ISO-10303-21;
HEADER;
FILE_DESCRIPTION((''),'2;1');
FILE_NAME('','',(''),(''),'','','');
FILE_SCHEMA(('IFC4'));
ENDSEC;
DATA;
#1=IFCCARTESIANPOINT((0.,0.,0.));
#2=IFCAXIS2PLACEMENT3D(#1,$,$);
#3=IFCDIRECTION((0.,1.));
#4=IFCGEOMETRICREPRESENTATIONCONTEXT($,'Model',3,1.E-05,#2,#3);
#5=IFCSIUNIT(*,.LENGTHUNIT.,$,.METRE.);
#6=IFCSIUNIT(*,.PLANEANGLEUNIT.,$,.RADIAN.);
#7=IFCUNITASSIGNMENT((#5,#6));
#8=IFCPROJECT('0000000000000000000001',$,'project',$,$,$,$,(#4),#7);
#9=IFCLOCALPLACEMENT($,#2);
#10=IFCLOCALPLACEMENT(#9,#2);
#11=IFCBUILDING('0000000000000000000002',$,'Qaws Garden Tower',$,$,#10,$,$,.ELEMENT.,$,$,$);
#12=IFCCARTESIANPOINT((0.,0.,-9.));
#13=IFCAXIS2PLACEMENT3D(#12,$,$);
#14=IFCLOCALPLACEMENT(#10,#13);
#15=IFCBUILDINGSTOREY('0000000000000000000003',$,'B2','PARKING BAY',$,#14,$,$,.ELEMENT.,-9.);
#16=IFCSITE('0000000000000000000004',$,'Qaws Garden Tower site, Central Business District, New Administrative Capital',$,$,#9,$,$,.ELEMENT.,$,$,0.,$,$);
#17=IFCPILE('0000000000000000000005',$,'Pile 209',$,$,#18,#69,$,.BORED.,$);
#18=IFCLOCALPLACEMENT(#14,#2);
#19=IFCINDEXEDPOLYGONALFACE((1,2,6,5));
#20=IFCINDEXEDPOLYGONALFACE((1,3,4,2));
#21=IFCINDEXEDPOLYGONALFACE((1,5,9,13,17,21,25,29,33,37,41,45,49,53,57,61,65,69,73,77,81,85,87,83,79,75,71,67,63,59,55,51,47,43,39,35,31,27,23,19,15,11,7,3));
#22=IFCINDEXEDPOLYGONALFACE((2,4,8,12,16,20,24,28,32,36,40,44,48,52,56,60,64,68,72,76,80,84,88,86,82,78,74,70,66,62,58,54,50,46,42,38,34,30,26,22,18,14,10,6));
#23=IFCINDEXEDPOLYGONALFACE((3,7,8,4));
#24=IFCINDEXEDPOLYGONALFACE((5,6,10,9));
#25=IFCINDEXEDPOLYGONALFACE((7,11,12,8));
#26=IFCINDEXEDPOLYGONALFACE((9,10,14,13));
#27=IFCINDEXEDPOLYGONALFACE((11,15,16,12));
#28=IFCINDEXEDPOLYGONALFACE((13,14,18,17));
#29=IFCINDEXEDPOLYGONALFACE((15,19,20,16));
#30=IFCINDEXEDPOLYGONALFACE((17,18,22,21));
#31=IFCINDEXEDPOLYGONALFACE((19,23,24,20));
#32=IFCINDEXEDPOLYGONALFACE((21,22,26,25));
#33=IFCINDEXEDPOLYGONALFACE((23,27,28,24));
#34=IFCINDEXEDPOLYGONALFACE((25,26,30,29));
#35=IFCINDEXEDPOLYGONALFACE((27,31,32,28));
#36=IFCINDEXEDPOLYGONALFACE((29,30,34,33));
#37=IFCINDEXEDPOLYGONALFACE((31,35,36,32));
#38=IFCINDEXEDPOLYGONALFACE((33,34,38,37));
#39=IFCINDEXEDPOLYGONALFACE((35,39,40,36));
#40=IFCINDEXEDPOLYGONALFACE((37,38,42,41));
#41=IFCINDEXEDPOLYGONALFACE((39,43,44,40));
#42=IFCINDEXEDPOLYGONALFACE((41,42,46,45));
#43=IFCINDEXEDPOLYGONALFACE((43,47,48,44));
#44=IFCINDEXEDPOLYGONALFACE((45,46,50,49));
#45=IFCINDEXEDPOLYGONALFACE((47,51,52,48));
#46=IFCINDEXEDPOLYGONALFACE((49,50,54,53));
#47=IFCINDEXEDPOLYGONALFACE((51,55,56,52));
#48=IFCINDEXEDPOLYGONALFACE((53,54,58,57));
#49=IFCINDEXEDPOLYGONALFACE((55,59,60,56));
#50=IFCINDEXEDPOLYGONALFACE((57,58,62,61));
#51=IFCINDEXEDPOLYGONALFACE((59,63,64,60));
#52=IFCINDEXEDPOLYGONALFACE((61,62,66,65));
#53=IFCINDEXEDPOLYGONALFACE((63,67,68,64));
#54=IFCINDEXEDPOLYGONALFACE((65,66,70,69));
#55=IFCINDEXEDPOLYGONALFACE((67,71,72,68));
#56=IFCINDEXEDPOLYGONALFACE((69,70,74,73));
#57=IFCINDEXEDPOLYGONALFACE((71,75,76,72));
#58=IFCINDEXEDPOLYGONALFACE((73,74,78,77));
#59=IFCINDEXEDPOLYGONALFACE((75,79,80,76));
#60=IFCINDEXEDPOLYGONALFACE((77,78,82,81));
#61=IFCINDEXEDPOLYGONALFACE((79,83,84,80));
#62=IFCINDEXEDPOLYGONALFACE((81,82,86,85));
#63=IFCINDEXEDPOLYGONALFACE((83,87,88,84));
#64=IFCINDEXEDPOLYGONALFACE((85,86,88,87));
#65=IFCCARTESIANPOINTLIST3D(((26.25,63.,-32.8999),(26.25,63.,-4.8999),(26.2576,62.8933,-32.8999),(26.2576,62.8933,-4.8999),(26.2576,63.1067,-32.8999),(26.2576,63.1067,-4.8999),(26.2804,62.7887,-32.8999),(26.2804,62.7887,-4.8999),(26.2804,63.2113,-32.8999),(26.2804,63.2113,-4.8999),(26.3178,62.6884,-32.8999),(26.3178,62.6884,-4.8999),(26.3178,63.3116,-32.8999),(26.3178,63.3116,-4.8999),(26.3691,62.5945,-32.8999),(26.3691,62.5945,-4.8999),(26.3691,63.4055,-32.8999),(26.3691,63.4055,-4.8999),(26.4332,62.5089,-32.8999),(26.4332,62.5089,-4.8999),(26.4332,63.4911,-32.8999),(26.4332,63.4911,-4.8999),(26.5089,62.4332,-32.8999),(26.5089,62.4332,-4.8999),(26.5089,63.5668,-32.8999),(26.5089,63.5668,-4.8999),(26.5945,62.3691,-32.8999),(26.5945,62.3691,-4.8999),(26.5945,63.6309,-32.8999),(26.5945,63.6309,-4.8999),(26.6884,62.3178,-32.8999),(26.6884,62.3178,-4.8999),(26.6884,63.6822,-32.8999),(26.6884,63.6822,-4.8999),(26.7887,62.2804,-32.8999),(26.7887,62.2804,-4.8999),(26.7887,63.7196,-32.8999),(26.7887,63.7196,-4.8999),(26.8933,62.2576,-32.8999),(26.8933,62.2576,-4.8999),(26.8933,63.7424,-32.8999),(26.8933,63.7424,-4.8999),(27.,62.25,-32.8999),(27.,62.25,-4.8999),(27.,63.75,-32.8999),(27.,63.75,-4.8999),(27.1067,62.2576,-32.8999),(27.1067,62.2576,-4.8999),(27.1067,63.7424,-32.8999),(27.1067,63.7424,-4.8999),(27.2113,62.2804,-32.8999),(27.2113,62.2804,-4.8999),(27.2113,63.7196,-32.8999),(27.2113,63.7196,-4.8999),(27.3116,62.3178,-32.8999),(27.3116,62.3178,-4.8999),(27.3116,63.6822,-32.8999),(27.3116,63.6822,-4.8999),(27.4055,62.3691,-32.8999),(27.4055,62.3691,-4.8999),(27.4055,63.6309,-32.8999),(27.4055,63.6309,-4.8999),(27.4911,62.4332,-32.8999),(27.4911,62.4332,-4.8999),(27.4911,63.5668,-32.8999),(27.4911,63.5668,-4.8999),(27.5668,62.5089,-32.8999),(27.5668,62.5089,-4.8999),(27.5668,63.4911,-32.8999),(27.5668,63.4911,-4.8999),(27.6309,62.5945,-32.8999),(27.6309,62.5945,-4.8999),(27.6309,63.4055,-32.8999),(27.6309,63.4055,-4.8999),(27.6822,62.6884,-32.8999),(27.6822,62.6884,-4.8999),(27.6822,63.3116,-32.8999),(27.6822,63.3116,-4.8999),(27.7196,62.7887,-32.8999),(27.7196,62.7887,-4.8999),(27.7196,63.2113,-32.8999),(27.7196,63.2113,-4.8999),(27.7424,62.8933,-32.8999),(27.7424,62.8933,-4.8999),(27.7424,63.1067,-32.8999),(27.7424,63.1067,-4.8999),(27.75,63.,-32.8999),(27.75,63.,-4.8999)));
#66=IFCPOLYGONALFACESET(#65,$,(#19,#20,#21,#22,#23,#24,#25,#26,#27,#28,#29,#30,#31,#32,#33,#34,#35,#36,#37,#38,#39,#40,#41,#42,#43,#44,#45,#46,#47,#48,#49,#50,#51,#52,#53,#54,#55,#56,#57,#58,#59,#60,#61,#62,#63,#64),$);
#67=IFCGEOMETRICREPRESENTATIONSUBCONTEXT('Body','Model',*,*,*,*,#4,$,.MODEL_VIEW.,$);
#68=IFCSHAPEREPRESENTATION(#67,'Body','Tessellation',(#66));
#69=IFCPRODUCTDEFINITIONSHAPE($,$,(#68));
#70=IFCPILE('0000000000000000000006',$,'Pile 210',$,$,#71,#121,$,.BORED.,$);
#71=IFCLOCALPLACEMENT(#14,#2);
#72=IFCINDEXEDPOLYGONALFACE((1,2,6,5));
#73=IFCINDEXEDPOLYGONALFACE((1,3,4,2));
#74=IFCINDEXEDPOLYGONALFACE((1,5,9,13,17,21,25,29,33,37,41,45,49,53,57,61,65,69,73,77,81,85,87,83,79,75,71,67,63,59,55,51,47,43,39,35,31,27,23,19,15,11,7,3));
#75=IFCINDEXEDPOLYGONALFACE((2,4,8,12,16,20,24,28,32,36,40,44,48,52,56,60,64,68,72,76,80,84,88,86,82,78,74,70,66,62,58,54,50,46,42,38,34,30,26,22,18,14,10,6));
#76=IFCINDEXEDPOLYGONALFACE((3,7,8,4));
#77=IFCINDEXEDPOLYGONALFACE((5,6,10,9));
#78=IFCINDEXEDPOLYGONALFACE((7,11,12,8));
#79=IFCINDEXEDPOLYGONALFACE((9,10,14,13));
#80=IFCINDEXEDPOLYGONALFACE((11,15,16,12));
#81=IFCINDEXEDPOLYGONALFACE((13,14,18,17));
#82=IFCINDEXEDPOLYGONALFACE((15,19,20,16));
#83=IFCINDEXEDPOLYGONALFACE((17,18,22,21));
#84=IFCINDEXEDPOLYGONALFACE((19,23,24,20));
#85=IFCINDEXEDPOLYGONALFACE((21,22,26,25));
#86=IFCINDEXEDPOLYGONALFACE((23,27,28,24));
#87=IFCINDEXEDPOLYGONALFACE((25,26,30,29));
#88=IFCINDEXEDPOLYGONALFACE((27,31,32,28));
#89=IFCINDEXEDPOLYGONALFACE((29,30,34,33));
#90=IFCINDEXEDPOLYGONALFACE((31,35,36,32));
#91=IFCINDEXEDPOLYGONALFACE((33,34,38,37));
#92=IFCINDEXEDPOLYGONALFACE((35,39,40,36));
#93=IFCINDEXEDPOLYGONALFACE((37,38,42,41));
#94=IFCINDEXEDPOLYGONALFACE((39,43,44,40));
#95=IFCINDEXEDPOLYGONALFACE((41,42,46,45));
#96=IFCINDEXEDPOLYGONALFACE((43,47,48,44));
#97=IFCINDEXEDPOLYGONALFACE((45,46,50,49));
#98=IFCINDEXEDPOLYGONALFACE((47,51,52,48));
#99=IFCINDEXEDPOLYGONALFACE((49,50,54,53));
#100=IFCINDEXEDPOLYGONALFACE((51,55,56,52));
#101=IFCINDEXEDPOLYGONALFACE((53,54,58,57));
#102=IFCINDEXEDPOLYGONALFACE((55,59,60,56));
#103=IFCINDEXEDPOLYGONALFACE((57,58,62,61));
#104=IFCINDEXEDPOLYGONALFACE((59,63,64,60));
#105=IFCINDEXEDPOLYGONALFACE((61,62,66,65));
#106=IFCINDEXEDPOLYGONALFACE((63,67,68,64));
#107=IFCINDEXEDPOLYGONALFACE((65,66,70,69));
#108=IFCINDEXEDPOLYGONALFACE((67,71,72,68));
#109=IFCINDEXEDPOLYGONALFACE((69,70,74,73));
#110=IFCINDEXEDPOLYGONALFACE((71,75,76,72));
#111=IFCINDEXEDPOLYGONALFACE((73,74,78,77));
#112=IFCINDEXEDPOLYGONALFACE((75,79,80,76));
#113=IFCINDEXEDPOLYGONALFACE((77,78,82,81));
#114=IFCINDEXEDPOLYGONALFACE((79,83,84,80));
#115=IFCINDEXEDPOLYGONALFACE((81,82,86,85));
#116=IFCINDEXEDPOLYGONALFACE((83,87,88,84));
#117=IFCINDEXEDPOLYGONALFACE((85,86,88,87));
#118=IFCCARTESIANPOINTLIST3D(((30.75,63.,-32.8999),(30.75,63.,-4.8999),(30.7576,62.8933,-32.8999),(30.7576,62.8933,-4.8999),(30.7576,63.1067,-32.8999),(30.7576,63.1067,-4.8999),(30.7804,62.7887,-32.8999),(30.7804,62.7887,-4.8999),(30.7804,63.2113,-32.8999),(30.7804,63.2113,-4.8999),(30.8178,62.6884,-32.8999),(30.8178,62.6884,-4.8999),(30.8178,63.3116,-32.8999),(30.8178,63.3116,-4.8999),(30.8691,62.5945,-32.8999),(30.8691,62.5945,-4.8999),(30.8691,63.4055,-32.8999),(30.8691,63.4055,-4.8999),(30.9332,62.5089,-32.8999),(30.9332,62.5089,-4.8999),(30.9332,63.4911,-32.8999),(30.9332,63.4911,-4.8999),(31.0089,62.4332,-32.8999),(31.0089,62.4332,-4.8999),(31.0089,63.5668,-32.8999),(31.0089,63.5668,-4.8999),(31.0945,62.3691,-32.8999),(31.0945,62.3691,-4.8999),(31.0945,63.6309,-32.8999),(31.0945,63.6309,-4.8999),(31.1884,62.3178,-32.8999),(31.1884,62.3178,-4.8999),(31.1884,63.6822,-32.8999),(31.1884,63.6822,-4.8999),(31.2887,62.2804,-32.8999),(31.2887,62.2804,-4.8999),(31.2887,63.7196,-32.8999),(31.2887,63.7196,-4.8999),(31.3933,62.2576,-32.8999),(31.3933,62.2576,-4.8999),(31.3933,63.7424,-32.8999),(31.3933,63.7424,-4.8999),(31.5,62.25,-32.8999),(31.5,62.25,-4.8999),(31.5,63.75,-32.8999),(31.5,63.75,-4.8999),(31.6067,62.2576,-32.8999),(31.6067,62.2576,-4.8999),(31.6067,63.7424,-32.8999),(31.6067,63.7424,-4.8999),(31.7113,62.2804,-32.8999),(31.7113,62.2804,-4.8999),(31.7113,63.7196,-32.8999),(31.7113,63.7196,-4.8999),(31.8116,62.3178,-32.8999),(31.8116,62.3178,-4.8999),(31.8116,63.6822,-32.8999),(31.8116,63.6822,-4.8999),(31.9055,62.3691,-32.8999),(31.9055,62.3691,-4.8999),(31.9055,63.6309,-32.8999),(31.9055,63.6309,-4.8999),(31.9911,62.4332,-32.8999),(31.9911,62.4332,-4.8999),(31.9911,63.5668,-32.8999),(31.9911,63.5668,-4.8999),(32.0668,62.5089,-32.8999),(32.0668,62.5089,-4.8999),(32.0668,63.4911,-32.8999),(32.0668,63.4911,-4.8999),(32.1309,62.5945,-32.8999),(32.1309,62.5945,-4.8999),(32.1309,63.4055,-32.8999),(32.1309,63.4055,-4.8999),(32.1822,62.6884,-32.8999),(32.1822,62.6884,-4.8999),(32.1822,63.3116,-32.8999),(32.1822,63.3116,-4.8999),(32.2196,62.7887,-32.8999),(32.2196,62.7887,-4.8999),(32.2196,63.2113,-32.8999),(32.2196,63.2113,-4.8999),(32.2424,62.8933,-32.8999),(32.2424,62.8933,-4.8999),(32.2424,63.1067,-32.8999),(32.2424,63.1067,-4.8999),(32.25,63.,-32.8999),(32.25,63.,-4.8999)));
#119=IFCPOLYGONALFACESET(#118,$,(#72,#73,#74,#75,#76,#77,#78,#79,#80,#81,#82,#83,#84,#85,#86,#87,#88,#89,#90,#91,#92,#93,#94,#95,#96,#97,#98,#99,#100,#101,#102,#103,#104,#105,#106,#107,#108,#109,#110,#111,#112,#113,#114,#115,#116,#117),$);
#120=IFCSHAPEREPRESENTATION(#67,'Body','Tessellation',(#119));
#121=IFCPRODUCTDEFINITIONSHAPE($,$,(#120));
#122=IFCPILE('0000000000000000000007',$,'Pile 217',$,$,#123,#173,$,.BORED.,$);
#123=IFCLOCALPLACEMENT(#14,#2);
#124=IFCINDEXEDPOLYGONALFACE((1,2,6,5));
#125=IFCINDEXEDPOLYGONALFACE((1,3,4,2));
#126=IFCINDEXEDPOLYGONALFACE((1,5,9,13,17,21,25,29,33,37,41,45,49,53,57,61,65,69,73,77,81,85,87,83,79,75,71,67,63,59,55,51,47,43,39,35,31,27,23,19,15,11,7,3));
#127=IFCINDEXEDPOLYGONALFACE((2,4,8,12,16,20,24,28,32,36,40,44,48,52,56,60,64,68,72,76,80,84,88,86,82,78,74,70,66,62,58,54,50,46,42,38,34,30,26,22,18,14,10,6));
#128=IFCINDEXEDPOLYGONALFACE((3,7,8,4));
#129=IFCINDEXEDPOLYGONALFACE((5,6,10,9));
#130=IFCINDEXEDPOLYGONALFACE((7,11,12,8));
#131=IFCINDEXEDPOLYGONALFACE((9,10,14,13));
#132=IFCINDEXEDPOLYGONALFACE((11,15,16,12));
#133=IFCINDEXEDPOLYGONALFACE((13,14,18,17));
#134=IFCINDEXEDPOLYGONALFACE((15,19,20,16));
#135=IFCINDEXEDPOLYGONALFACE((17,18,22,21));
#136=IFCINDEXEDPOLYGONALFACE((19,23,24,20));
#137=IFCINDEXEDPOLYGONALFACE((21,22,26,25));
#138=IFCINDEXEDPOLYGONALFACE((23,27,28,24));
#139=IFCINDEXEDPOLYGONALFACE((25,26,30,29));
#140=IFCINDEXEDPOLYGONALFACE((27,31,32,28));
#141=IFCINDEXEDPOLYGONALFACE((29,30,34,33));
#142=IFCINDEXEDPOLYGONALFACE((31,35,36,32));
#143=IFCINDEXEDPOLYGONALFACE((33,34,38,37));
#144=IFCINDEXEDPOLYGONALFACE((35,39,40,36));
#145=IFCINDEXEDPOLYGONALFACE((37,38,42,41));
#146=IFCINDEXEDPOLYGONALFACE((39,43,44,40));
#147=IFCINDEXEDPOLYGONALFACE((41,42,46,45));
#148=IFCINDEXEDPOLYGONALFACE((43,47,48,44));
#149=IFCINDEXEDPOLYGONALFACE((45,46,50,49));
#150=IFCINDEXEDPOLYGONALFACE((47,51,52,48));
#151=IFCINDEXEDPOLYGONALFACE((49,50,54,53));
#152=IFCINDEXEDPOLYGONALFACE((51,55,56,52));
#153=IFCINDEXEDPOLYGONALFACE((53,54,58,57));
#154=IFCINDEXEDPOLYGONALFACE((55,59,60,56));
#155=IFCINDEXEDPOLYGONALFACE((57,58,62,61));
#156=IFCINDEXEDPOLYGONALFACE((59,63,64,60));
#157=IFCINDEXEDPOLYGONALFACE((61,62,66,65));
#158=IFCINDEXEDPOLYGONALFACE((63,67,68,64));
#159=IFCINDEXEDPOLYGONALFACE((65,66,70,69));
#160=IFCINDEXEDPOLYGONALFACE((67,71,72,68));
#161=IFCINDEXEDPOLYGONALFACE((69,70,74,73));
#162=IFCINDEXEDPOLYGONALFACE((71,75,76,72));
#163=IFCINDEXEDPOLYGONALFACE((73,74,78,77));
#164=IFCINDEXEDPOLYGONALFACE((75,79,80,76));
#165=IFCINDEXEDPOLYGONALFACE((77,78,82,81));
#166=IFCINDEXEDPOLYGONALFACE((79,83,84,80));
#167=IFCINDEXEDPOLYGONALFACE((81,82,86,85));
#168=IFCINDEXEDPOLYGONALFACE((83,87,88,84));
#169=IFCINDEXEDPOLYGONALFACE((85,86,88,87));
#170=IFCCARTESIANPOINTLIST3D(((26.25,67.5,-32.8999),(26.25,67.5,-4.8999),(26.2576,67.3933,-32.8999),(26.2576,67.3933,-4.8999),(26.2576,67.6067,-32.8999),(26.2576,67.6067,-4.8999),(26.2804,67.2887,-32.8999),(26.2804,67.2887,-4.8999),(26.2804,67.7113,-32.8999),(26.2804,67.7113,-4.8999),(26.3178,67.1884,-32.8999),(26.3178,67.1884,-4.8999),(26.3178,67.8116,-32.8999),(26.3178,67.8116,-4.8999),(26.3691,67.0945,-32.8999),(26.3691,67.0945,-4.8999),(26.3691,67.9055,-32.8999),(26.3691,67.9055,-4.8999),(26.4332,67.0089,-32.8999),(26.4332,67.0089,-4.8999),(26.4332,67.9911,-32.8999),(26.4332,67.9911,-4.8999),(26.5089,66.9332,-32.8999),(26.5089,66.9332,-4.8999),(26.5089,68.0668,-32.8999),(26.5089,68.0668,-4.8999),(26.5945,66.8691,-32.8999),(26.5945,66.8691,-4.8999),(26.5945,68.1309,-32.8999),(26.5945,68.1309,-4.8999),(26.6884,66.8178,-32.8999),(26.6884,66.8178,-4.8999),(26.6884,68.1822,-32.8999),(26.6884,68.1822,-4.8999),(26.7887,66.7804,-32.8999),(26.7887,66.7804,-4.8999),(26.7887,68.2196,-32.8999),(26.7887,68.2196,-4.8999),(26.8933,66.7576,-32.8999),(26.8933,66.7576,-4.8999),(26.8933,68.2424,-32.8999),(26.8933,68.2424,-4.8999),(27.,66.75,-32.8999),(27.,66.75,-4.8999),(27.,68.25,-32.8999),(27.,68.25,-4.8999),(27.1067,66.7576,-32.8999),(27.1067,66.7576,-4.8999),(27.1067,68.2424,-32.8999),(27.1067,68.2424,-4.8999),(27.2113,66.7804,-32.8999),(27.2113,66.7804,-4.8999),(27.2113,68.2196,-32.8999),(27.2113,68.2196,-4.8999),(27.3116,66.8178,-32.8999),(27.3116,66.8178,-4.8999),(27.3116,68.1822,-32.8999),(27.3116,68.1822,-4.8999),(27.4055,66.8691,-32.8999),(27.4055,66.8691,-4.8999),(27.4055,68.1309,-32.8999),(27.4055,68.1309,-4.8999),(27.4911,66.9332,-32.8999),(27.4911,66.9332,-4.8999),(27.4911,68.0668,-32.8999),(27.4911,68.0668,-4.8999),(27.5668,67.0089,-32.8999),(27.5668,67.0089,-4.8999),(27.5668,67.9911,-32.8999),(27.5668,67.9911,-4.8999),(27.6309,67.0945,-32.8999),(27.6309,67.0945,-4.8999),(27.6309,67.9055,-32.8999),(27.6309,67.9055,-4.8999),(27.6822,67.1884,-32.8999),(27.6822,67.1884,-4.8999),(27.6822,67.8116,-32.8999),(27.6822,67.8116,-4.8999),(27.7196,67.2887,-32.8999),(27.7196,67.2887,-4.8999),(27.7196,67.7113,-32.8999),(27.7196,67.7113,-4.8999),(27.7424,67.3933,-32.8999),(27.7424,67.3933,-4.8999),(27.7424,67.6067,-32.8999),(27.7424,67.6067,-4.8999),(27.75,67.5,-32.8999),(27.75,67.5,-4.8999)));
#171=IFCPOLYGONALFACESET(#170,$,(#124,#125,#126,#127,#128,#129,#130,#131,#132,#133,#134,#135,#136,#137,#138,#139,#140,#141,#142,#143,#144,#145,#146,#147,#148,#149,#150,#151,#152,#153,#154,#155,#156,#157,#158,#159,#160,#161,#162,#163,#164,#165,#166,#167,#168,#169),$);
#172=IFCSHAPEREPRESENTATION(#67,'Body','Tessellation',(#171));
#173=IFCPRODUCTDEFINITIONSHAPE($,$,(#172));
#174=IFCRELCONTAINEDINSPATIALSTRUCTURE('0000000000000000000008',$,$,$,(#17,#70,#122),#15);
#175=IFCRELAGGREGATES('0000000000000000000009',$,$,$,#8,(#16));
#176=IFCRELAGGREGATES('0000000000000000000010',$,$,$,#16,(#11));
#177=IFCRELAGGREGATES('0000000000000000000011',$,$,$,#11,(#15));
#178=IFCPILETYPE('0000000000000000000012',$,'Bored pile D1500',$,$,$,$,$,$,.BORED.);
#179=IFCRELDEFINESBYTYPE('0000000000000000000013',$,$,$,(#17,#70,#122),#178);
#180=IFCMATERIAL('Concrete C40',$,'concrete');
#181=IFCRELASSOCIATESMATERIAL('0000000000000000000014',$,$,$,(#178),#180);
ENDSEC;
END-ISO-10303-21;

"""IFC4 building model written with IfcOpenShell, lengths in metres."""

from ifc_helpers import new_model, si_unit, direction, frame, origin, origin_2d, place, context, subcontext, project, spatial, circle, extrude, material, material_profile, profile_set, type_object, element, save


model = new_model("IFC4")

# Units and contexts
model_context = context("Model", 3, precision=1e-05, world=origin(), true_north=direction((0.0, 1.0)))
body_context = subcontext(model_context, "Body", "Model", "MODEL_VIEW")
ifc_project = project(units=[si_unit("LENGTHUNIT", "METRE"), si_unit("PLANEANGLEUNIT", "RADIAN")], contexts=[model_context])

# Site, building, storey
site_placement = place(None, origin())
site = spatial("IfcSite", under=ifc_project, at=site_placement, Name="Qaws Garden Tower site, Central Business District, New Administrative Capital", CompositionType="ELEMENT", RefElevation=0.0)
building_placement = place(site_placement, origin())
building = spatial("IfcBuilding", under=site, at=building_placement, Name="Qaws Garden Tower", CompositionType="ELEMENT")
storey_placement = place(building_placement, frame((0.0, 0.0, -9.0)))
storey = spatial("IfcBuildingStorey", under=building, at=storey_placement, Name="B2", Description="PARKING BAY", CompositionType="ELEMENT", Elevation=-9.0)

# Piles
ifc_material_1 = material(Name="Concrete C40", Category="concrete")
ifc_material_profile_1 = material_profile(ifc_material_1, circle(Radius=0.75, at=origin_2d()), Name="Bored pile D1500")
ifc_profile_set_1 = profile_set([ifc_material_profile_1], Name="Concrete C40")
pile_type = type_object("IfcPileType", Name="Bored pile D1500", PredefinedType="BORED", material=ifc_profile_set_1)
for number, where, z_axis, x_axis, name in (
    (1, (27.0, 63.0, -4.8999), (0.0, 0.0, -1.0), (1.0, 0.0, 0.0), "Pile 209"),
    (2, (31.5, 63.0, -4.8999), (0.0, 0.0, -1.0), (1.0, 0.0, 0.0), "Pile 210"),
    (3, (27.0, 67.5, -4.8999), (0.0, 0.0, -1.0), (1.0, 0.0, 0.0), "Pile 217"),
):
    element("IfcPile", number, at=place(storey_placement, frame(where, z_axis=z_axis, x_axis=x_axis)), inside=storey, type_object=pile_type, Name=name, PredefinedType="BORED", context=body_context, shape_type="SweptSolid", body=[
        extrude(circle(Radius=0.75, at=origin_2d()), origin(), (0.0, 0.0, 1.0), 28.0),
    ])

save(model, "model.ifc")
